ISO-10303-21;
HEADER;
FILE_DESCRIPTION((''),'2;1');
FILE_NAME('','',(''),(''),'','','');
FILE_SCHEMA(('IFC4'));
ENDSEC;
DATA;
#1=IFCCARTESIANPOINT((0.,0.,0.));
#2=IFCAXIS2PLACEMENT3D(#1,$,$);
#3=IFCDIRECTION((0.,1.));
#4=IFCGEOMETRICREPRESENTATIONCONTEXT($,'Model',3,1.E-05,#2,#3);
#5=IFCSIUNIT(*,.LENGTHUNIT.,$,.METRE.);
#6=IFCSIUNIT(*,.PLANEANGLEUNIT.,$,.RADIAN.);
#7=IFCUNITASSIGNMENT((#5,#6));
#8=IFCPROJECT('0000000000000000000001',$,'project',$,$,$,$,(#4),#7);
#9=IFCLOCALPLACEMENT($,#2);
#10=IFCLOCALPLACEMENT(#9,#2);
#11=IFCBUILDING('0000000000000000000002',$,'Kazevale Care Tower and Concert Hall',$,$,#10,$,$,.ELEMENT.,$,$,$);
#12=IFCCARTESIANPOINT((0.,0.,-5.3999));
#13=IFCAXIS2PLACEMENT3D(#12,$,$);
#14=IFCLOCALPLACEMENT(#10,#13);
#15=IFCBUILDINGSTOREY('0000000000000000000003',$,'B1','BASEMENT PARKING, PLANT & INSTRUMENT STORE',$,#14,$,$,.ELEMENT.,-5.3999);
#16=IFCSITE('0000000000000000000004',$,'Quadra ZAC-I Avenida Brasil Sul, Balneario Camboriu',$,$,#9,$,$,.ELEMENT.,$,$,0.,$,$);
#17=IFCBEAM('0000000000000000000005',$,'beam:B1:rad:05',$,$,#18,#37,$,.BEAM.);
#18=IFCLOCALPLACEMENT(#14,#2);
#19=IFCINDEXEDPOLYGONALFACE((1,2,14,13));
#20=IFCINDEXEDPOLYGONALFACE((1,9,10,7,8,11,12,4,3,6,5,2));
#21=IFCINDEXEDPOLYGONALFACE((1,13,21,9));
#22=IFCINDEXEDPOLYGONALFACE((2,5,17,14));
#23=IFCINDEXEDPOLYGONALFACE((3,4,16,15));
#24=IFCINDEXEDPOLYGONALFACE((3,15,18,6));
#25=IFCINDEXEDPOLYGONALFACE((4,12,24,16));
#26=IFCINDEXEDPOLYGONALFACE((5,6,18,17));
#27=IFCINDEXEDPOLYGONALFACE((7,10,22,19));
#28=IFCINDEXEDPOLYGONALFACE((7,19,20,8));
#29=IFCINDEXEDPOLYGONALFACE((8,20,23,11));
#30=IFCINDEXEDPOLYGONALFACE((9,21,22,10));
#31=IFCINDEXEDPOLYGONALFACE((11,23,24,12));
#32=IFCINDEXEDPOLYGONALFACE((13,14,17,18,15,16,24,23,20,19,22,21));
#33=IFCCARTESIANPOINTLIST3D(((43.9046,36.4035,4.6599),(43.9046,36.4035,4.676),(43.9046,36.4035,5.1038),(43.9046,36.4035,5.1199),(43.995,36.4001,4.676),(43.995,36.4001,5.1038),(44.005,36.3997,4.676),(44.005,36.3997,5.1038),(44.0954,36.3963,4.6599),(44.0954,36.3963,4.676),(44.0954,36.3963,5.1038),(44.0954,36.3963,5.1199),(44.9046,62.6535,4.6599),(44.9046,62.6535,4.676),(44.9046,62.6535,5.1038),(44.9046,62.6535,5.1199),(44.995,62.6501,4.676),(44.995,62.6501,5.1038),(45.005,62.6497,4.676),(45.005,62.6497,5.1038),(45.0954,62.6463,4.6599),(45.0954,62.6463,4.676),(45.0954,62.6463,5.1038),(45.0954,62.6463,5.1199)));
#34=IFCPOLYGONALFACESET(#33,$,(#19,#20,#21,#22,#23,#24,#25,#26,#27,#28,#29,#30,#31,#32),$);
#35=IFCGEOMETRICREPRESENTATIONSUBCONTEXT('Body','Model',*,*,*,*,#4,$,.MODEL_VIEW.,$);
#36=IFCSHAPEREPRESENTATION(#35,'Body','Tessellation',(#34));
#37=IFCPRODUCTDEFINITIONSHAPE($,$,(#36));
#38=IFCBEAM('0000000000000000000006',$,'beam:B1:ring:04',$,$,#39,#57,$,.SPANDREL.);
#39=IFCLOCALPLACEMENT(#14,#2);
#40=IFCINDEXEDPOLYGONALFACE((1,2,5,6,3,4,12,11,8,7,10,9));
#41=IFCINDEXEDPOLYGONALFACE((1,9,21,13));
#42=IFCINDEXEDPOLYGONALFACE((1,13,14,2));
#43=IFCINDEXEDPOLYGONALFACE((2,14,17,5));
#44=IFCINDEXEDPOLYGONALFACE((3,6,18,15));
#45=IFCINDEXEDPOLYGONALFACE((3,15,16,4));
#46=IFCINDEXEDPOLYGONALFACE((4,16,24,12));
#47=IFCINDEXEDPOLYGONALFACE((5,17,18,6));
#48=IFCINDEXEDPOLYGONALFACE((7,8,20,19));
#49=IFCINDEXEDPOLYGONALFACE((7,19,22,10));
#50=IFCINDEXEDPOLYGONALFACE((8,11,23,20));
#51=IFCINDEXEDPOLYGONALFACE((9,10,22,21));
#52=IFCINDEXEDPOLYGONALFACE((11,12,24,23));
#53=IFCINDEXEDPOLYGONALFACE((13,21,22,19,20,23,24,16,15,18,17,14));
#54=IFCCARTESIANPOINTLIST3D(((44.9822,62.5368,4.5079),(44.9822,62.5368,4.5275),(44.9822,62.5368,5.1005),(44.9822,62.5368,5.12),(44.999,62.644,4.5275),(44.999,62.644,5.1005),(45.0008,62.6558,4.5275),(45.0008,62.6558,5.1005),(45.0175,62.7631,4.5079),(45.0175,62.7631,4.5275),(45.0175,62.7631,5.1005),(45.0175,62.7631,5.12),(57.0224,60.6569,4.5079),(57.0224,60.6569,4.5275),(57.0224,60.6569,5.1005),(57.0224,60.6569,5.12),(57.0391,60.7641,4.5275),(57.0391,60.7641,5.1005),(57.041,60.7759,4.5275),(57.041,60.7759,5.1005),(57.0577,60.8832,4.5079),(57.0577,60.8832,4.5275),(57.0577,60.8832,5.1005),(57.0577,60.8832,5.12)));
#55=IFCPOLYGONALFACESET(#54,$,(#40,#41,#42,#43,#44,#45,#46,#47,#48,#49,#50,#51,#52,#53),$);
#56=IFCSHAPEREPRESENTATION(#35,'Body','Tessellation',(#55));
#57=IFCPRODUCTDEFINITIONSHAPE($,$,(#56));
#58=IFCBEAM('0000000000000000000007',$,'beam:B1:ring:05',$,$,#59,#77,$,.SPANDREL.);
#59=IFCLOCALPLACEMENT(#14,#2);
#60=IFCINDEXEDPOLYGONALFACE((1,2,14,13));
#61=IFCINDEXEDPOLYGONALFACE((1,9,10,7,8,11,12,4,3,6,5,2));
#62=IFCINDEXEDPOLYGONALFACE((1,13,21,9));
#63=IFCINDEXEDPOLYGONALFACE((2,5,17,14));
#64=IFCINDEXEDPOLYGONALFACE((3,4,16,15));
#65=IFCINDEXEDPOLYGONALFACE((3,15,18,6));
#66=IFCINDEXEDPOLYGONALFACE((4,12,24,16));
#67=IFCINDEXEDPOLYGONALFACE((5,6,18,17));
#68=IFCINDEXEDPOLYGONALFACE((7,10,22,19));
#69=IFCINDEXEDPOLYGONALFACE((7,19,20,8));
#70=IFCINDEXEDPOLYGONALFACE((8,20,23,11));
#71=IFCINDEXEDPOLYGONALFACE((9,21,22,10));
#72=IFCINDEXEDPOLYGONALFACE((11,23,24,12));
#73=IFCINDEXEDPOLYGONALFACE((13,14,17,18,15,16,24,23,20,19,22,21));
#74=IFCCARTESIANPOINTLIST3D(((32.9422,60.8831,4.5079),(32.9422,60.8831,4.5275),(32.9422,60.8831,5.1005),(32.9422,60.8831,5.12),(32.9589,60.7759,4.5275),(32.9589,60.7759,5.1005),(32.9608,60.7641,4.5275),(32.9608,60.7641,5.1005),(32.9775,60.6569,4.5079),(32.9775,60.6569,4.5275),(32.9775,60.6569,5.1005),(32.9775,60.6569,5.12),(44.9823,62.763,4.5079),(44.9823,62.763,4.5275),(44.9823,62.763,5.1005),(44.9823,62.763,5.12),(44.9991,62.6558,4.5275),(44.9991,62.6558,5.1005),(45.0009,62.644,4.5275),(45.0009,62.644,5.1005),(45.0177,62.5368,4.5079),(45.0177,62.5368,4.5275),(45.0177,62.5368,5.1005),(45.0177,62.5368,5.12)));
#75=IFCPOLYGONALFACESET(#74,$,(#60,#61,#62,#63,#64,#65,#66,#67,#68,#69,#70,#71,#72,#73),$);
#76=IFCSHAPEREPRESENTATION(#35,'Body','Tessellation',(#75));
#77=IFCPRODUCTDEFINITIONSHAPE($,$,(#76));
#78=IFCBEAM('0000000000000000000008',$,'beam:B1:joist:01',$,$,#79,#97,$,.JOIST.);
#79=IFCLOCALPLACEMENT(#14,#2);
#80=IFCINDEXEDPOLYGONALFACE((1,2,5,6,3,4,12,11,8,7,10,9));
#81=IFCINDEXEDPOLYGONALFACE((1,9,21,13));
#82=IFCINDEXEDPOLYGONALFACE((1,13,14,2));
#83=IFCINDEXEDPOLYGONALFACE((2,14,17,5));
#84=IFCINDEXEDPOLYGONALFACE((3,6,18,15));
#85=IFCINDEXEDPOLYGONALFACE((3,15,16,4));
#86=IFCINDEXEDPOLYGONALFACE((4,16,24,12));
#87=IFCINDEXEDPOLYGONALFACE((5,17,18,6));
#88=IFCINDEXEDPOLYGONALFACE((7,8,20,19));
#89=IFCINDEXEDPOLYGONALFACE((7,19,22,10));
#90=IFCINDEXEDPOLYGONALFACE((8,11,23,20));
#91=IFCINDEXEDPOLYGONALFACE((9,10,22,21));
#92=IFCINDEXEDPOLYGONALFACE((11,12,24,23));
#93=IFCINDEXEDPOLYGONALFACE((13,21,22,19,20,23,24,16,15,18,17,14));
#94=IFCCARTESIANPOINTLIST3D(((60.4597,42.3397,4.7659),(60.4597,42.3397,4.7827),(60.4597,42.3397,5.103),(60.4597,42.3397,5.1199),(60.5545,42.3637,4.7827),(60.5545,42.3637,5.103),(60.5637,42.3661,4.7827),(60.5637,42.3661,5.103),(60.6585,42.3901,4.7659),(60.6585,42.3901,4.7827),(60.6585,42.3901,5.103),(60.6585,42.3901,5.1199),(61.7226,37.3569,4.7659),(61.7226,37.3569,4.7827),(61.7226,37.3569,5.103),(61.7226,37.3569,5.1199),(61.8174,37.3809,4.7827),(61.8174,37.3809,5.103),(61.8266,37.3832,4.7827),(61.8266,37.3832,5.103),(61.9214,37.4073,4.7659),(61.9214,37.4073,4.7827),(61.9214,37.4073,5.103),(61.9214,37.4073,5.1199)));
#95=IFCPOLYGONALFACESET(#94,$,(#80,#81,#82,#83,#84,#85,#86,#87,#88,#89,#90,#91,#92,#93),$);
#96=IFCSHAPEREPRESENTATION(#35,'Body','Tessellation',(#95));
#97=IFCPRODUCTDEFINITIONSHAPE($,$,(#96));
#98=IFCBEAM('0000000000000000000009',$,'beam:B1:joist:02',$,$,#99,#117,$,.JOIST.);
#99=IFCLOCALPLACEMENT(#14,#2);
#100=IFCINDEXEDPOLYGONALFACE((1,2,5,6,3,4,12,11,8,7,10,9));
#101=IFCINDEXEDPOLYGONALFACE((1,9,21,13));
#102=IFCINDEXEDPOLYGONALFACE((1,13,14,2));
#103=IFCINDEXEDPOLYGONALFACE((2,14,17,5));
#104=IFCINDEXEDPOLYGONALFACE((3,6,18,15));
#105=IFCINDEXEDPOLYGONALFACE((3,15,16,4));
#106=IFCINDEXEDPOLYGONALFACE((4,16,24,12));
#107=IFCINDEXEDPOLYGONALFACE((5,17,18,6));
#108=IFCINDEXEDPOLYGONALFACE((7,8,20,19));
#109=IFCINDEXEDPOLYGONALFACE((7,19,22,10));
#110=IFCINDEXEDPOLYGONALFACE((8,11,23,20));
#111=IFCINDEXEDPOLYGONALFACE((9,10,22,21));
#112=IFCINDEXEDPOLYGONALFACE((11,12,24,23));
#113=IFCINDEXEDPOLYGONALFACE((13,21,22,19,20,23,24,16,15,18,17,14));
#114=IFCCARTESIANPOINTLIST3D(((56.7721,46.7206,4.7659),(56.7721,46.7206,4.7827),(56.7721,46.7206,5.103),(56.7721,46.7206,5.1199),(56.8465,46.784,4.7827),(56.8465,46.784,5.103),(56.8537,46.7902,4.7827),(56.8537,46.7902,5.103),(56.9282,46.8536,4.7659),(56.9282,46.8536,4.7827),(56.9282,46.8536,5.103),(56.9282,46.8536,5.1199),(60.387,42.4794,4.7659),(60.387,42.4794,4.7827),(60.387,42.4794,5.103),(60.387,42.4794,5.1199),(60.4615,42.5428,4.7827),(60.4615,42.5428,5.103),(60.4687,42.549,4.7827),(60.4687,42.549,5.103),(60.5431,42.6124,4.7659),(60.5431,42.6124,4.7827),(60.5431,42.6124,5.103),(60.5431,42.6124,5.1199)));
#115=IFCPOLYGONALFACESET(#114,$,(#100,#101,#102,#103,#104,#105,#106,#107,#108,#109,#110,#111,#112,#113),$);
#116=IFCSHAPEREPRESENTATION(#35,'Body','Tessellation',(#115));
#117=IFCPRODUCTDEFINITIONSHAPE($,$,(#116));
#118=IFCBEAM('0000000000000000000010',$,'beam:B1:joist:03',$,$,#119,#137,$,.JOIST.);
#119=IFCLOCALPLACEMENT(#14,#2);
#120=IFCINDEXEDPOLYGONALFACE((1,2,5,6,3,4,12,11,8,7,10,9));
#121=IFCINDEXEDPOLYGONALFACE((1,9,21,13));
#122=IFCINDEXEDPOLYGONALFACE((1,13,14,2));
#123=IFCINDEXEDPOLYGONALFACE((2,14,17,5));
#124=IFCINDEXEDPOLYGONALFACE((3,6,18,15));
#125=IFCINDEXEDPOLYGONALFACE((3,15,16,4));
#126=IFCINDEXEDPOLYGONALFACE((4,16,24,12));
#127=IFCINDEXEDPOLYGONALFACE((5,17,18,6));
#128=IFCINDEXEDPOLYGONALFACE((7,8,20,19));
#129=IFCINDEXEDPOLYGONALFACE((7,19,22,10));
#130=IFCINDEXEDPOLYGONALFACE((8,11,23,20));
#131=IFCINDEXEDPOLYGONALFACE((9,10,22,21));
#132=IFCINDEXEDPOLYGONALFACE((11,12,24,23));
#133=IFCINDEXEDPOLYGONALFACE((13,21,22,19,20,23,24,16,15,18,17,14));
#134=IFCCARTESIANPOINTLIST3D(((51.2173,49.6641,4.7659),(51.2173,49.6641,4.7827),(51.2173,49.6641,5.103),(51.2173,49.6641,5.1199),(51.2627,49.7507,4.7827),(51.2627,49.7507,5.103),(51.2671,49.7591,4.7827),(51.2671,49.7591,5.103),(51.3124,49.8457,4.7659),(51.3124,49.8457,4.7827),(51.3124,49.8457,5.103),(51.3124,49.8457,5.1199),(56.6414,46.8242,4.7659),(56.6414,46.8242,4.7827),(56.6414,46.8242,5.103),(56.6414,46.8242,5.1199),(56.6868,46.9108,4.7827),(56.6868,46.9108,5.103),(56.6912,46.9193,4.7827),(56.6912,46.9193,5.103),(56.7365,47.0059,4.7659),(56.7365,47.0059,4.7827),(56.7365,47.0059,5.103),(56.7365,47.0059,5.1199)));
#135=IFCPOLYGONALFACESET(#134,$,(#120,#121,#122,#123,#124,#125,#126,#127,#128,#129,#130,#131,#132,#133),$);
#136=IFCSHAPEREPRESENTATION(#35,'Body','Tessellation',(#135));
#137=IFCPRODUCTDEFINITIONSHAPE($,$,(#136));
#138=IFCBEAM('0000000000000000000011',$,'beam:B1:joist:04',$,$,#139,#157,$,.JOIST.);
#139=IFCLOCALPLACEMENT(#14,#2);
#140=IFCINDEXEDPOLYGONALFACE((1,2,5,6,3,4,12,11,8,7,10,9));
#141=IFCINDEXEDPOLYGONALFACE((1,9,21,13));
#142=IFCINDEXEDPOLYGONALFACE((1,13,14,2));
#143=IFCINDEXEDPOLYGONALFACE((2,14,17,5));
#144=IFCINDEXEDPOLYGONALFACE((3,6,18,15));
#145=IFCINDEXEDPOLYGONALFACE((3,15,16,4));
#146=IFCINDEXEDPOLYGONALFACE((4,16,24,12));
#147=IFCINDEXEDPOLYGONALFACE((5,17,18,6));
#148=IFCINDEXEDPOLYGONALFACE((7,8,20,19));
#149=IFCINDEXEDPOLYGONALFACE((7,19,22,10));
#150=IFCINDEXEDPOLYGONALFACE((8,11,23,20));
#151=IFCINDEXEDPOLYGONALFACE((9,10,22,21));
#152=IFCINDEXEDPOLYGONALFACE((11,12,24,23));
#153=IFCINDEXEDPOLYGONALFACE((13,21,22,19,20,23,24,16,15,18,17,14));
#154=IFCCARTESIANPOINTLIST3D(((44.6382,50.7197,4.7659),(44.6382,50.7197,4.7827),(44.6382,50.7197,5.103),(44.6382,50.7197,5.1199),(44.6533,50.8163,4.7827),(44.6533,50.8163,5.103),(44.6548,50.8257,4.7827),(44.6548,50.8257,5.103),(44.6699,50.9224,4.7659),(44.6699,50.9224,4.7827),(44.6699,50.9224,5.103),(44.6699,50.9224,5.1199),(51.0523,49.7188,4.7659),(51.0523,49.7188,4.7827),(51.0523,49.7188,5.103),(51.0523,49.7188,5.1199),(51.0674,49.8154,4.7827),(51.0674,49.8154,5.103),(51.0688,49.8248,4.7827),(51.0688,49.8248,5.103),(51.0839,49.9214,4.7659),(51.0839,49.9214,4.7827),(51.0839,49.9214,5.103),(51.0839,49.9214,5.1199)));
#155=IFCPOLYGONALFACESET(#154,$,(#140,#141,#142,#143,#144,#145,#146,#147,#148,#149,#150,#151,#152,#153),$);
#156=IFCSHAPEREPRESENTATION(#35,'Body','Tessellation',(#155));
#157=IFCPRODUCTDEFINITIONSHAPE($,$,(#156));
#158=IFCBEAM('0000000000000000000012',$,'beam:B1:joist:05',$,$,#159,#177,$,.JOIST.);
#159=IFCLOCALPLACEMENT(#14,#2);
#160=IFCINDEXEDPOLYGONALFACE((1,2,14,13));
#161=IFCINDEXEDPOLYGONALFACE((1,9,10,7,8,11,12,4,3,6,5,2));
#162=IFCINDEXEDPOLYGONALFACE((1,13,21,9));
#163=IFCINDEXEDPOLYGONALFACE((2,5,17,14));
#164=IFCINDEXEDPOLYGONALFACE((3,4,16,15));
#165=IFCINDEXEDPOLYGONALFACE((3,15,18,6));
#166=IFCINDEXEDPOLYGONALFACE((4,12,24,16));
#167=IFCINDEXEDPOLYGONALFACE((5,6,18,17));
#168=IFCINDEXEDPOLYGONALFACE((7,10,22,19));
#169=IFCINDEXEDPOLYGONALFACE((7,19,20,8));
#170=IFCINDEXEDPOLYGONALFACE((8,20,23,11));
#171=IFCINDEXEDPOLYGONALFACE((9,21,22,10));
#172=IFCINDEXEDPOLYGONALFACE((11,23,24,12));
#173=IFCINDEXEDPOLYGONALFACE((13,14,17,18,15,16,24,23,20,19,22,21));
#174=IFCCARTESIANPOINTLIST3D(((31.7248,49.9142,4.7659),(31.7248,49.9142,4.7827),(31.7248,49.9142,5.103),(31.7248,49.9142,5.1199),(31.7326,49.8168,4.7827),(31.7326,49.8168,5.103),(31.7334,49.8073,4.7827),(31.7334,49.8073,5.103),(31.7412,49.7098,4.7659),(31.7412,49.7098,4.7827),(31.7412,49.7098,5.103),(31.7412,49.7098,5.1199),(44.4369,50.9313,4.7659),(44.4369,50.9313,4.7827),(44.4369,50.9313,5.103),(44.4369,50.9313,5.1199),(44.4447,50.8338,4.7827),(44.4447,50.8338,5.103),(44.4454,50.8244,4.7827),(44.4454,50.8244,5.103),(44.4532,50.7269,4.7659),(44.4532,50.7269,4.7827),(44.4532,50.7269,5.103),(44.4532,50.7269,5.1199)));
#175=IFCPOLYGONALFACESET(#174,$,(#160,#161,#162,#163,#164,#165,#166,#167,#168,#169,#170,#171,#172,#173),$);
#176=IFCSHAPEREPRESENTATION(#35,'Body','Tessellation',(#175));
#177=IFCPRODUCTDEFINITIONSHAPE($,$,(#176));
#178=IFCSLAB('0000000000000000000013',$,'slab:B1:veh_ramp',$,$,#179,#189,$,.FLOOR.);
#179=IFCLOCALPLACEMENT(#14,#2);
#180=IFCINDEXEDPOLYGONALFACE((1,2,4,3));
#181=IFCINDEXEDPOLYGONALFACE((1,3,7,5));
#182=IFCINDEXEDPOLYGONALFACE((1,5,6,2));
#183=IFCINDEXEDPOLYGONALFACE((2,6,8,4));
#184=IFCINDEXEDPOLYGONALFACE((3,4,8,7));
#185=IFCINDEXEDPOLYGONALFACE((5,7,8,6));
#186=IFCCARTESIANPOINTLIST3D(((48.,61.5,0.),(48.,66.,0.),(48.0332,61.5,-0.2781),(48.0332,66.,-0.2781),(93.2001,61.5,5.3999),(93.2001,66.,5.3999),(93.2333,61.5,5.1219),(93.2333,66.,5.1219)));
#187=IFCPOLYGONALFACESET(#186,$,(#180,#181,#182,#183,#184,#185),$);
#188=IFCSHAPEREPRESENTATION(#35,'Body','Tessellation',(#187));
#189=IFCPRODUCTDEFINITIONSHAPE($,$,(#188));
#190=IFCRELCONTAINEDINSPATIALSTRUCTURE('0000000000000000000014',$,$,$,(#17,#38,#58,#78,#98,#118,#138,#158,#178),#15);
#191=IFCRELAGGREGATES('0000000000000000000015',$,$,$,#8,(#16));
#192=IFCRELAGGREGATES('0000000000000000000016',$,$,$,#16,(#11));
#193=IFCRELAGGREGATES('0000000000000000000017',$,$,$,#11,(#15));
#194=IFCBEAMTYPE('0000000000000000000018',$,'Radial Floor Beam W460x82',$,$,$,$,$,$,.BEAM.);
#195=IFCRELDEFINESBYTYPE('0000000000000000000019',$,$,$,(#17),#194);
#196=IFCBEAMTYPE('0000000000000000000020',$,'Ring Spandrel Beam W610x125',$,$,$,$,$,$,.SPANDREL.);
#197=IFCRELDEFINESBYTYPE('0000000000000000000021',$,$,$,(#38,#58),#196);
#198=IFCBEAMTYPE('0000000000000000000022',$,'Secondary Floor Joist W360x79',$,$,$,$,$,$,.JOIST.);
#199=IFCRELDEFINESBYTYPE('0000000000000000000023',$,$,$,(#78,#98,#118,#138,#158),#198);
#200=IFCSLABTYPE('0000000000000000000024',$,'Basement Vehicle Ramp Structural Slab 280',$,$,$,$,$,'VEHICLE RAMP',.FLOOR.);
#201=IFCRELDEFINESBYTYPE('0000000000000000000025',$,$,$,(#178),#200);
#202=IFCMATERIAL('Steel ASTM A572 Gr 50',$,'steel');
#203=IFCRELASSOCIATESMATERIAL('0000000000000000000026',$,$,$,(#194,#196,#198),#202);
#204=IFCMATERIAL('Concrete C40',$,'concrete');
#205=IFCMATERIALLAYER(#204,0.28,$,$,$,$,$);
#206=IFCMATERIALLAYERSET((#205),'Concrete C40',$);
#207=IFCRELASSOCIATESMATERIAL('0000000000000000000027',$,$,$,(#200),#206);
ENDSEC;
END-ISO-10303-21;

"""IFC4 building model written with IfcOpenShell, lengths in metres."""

from ifc_helpers import new_model, si_unit, direction, frame, origin, origin_2d, place, context, subcontext, project, spatial, polyline, i_section, outline, extrude, material, layer, layer_set, material_profile, profile_set, type_object, element, save


model = new_model("IFC4")

# Units and contexts
model_context = context("Model", 3, precision=1e-05, world=origin(), true_north=direction((0.0, 1.0)))
body_context = subcontext(model_context, "Body", "Model", "MODEL_VIEW")
ifc_project = project(units=[si_unit("LENGTHUNIT", "METRE"), si_unit("PLANEANGLEUNIT", "RADIAN")], contexts=[model_context])

# Site, building, storey
site_placement = place(None, origin())
site = spatial("IfcSite", under=ifc_project, at=site_placement, Name="Quadra ZAC-I Avenida Brasil Sul, Balneario Camboriu", CompositionType="ELEMENT", RefElevation=0.0)
building_placement = place(site_placement, origin())
building = spatial("IfcBuilding", under=site, at=building_placement, Name="Kazevale Care Tower and Concert Hall", CompositionType="ELEMENT")
storey_placement = place(building_placement, frame((0.0, 0.0, -5.3999)))
storey = spatial("IfcBuildingStorey", under=building, at=storey_placement, Name="B1", Description="BASEMENT PARKING, PLANT & INSTRUMENT STORE", CompositionType="ELEMENT", Elevation=-5.3999)

# Beams
ifc_material_1 = material(Name="Steel ASTM A572 Gr 50", Category="steel")
ifc_material_profile_1 = material_profile(ifc_material_1, i_section(OverallWidth=0.1909, OverallDepth=0.46, WebThickness=0.01, FlangeThickness=0.0161, at=origin_2d()), Name="W460x82")
ifc_profile_set_1 = profile_set([ifc_material_profile_1], Name="Steel ASTM A572 Gr 50")
beam_type_1 = type_object("IfcBeamType", Name="Radial Floor Beam W460x82", PredefinedType="BEAM", material=ifc_profile_set_1)
beam_1_placement = place(storey_placement, frame((44.0, 36.3999, 4.8899), z_axis=(0.038068, 0.999275, 0.0), x_axis=(-0.999275, 0.038068, 0.0)))
element("IfcBeam", 1, at=beam_1_placement, inside=storey, type_object=beam_type_1, Name="beam:B1:rad:05", PredefinedType="BEAM", context=body_context, shape_type="SweptSolid", body=[
    extrude(i_section(OverallWidth=0.1909, OverallDepth=0.46, WebThickness=0.01, FlangeThickness=0.0161, at=origin_2d()), origin(), (0.0, 0.0, 1.0), 26.269),
])
ifc_material_profile_2 = material_profile(ifc_material_1, i_section(OverallWidth=0.229, OverallDepth=0.6121, WebThickness=0.012, FlangeThickness=0.0195, at=origin_2d()), Name="W610x125")
ifc_profile_set_2 = profile_set([ifc_material_profile_2], Name="Steel ASTM A572 Gr 50")
beam_type_2 = type_object("IfcBeamType", Name="Ring Spandrel Beam W610x125", PredefinedType="SPANDREL", material=ifc_profile_set_2)
for number, where, z_axis, x_axis, name in (
    (2, (57.04, 60.77, 4.814), (-0.988029, 0.154267, 0.0), (-0.154267, -0.988029, 0.0), "beam:B1:ring:04"),
    (3, (45.0, 62.6499, 4.814), (-0.988029, -0.154267, 0.0), (0.154267, -0.988029, 0.0), "beam:B1:ring:05"),
):
    element("IfcBeam", number, at=place(storey_placement, frame(where, z_axis=z_axis, x_axis=x_axis)), inside=storey, type_object=beam_type_2, Name=name, PredefinedType="SPANDREL", context=body_context, shape_type="SweptSolid", body=[
        extrude(i_section(OverallWidth=0.229, OverallDepth=0.6121, WebThickness=0.012, FlangeThickness=0.0195, at=origin_2d()), origin(), (0.0, 0.0, 1.0), 12.186),
    ])
ifc_material_profile_3 = material_profile(ifc_material_1, i_section(OverallWidth=0.2051, OverallDepth=0.354, WebThickness=0.0095, FlangeThickness=0.0168, at=origin_2d()), Name="W360x79")
ifc_profile_set_3 = profile_set([ifc_material_profile_3], Name="Steel ASTM A572 Gr 50")
beam_type_3 = type_object("IfcBeamType", Name="Secondary Floor Joist W360x79", PredefinedType="JOIST", material=ifc_profile_set_3)
beam_2_placement = place(storey_placement, frame((61.822, 37.3821, 4.9429), z_axis=(-0.245686, 0.96935, 0.0), x_axis=(-0.96935, -0.245686, 0.0)))
element("IfcBeam", 4, at=beam_2_placement, inside=storey, type_object=beam_type_3, Name="beam:B1:joist:01", PredefinedType="JOIST", context=body_context, shape_type="SweptSolid", body=[
    extrude(i_section(OverallWidth=0.2051, OverallDepth=0.354, WebThickness=0.0095, FlangeThickness=0.0168, at=origin_2d()), origin(), (0.0, 0.0, 1.0), 5.1404),
])
beam_3_placement = place(storey_placement, frame((60.4651, 42.5459, 4.9429), z_axis=(-0.648686, 0.761057, 0.0), x_axis=(-0.761057, -0.648686, 0.0)))
element("IfcBeam", 5, at=beam_3_placement, inside=storey, type_object=beam_type_3, Name="beam:B1:joist:02", PredefinedType="JOIST", context=body_context, shape_type="SweptSolid", body=[
    extrude(i_section(OverallWidth=0.2051, OverallDepth=0.354, WebThickness=0.0095, FlangeThickness=0.0168, at=origin_2d()), origin(), (0.0, 0.0, 1.0), 5.5728),
])
beam_4_placement = place(storey_placement, frame((56.689, 46.915, 4.9429), z_axis=(-0.885921, 0.463836, 0.0), x_axis=(-0.463836, -0.885921, 0.0)))
element("IfcBeam", 6, at=beam_4_placement, inside=storey, type_object=beam_type_3, Name="beam:B1:joist:03", PredefinedType="JOIST", context=body_context, shape_type="SweptSolid", body=[
    extrude(i_section(OverallWidth=0.2051, OverallDepth=0.354, WebThickness=0.0095, FlangeThickness=0.0168, at=origin_2d()), origin(), (0.0, 0.0, 1.0), 6.1226),
])
beam_5_placement = place(storey_placement, frame((51.0681, 49.8201, 4.9429), z_axis=(-0.988041, 0.154193, 0.0), x_axis=(-0.154193, -0.988041, 0.0)))
element("IfcBeam", 7, at=beam_5_placement, inside=storey, type_object=beam_type_3, Name="beam:B1:joist:04", PredefinedType="JOIST", context=body_context, shape_type="SweptSolid", body=[
    extrude(i_section(OverallWidth=0.2051, OverallDepth=0.354, WebThickness=0.0095, FlangeThickness=0.0168, at=origin_2d()), origin(), (0.0, 0.0, 1.0), 6.4917),
])
beam_6_placement = place(storey_placement, frame((44.4451, 50.8291, 4.9429), z_axis=(-0.996815, -0.079754, 0.0), x_axis=(0.079754, -0.996815, 0.0)))
element("IfcBeam", 8, at=beam_6_placement, inside=storey, type_object=beam_type_3, Name="beam:B1:joist:05", PredefinedType="JOIST", context=body_context, shape_type="SweptSolid", body=[
    extrude(i_section(OverallWidth=0.2051, OverallDepth=0.354, WebThickness=0.0095, FlangeThickness=0.0168, at=origin_2d()), origin(), (0.0, 0.0, 1.0), 12.7527),
])

# Slab
ifc_material_2 = material(Name="Concrete C40", Category="concrete")
ifc_layer_1 = layer(ifc_material_2, 0.28)
ifc_layer_set_1 = layer_set([ifc_layer_1], Name="Concrete C40")
slab_type = type_object("IfcSlabType", Name="Basement Vehicle Ramp Structural Slab 280", ElementType="VEHICLE RAMP", PredefinedType="FLOOR", material=ifc_layer_set_1)
slab_placement = place(storey_placement, frame((48.0, 61.5, 0.0), z_axis=(-0.118623, 0.0, 0.992939), x_axis=(0.992939, 0.0, 0.118623)))
element("IfcSlab", 9, at=slab_placement, inside=storey, type_object=slab_type, Name="slab:B1:veh_ramp", PredefinedType="FLOOR", context=body_context, shape_type="SweptSolid", body=[
    extrude(outline(polyline([(0.0, 0.0), (45.5215, 0.0), (45.5215, 4.5), (0.0, 4.5), (0.0, 0.0)])), origin(), (0.0, 0.0, -1.0), 0.28),
])

save(model, "model.ifc")
